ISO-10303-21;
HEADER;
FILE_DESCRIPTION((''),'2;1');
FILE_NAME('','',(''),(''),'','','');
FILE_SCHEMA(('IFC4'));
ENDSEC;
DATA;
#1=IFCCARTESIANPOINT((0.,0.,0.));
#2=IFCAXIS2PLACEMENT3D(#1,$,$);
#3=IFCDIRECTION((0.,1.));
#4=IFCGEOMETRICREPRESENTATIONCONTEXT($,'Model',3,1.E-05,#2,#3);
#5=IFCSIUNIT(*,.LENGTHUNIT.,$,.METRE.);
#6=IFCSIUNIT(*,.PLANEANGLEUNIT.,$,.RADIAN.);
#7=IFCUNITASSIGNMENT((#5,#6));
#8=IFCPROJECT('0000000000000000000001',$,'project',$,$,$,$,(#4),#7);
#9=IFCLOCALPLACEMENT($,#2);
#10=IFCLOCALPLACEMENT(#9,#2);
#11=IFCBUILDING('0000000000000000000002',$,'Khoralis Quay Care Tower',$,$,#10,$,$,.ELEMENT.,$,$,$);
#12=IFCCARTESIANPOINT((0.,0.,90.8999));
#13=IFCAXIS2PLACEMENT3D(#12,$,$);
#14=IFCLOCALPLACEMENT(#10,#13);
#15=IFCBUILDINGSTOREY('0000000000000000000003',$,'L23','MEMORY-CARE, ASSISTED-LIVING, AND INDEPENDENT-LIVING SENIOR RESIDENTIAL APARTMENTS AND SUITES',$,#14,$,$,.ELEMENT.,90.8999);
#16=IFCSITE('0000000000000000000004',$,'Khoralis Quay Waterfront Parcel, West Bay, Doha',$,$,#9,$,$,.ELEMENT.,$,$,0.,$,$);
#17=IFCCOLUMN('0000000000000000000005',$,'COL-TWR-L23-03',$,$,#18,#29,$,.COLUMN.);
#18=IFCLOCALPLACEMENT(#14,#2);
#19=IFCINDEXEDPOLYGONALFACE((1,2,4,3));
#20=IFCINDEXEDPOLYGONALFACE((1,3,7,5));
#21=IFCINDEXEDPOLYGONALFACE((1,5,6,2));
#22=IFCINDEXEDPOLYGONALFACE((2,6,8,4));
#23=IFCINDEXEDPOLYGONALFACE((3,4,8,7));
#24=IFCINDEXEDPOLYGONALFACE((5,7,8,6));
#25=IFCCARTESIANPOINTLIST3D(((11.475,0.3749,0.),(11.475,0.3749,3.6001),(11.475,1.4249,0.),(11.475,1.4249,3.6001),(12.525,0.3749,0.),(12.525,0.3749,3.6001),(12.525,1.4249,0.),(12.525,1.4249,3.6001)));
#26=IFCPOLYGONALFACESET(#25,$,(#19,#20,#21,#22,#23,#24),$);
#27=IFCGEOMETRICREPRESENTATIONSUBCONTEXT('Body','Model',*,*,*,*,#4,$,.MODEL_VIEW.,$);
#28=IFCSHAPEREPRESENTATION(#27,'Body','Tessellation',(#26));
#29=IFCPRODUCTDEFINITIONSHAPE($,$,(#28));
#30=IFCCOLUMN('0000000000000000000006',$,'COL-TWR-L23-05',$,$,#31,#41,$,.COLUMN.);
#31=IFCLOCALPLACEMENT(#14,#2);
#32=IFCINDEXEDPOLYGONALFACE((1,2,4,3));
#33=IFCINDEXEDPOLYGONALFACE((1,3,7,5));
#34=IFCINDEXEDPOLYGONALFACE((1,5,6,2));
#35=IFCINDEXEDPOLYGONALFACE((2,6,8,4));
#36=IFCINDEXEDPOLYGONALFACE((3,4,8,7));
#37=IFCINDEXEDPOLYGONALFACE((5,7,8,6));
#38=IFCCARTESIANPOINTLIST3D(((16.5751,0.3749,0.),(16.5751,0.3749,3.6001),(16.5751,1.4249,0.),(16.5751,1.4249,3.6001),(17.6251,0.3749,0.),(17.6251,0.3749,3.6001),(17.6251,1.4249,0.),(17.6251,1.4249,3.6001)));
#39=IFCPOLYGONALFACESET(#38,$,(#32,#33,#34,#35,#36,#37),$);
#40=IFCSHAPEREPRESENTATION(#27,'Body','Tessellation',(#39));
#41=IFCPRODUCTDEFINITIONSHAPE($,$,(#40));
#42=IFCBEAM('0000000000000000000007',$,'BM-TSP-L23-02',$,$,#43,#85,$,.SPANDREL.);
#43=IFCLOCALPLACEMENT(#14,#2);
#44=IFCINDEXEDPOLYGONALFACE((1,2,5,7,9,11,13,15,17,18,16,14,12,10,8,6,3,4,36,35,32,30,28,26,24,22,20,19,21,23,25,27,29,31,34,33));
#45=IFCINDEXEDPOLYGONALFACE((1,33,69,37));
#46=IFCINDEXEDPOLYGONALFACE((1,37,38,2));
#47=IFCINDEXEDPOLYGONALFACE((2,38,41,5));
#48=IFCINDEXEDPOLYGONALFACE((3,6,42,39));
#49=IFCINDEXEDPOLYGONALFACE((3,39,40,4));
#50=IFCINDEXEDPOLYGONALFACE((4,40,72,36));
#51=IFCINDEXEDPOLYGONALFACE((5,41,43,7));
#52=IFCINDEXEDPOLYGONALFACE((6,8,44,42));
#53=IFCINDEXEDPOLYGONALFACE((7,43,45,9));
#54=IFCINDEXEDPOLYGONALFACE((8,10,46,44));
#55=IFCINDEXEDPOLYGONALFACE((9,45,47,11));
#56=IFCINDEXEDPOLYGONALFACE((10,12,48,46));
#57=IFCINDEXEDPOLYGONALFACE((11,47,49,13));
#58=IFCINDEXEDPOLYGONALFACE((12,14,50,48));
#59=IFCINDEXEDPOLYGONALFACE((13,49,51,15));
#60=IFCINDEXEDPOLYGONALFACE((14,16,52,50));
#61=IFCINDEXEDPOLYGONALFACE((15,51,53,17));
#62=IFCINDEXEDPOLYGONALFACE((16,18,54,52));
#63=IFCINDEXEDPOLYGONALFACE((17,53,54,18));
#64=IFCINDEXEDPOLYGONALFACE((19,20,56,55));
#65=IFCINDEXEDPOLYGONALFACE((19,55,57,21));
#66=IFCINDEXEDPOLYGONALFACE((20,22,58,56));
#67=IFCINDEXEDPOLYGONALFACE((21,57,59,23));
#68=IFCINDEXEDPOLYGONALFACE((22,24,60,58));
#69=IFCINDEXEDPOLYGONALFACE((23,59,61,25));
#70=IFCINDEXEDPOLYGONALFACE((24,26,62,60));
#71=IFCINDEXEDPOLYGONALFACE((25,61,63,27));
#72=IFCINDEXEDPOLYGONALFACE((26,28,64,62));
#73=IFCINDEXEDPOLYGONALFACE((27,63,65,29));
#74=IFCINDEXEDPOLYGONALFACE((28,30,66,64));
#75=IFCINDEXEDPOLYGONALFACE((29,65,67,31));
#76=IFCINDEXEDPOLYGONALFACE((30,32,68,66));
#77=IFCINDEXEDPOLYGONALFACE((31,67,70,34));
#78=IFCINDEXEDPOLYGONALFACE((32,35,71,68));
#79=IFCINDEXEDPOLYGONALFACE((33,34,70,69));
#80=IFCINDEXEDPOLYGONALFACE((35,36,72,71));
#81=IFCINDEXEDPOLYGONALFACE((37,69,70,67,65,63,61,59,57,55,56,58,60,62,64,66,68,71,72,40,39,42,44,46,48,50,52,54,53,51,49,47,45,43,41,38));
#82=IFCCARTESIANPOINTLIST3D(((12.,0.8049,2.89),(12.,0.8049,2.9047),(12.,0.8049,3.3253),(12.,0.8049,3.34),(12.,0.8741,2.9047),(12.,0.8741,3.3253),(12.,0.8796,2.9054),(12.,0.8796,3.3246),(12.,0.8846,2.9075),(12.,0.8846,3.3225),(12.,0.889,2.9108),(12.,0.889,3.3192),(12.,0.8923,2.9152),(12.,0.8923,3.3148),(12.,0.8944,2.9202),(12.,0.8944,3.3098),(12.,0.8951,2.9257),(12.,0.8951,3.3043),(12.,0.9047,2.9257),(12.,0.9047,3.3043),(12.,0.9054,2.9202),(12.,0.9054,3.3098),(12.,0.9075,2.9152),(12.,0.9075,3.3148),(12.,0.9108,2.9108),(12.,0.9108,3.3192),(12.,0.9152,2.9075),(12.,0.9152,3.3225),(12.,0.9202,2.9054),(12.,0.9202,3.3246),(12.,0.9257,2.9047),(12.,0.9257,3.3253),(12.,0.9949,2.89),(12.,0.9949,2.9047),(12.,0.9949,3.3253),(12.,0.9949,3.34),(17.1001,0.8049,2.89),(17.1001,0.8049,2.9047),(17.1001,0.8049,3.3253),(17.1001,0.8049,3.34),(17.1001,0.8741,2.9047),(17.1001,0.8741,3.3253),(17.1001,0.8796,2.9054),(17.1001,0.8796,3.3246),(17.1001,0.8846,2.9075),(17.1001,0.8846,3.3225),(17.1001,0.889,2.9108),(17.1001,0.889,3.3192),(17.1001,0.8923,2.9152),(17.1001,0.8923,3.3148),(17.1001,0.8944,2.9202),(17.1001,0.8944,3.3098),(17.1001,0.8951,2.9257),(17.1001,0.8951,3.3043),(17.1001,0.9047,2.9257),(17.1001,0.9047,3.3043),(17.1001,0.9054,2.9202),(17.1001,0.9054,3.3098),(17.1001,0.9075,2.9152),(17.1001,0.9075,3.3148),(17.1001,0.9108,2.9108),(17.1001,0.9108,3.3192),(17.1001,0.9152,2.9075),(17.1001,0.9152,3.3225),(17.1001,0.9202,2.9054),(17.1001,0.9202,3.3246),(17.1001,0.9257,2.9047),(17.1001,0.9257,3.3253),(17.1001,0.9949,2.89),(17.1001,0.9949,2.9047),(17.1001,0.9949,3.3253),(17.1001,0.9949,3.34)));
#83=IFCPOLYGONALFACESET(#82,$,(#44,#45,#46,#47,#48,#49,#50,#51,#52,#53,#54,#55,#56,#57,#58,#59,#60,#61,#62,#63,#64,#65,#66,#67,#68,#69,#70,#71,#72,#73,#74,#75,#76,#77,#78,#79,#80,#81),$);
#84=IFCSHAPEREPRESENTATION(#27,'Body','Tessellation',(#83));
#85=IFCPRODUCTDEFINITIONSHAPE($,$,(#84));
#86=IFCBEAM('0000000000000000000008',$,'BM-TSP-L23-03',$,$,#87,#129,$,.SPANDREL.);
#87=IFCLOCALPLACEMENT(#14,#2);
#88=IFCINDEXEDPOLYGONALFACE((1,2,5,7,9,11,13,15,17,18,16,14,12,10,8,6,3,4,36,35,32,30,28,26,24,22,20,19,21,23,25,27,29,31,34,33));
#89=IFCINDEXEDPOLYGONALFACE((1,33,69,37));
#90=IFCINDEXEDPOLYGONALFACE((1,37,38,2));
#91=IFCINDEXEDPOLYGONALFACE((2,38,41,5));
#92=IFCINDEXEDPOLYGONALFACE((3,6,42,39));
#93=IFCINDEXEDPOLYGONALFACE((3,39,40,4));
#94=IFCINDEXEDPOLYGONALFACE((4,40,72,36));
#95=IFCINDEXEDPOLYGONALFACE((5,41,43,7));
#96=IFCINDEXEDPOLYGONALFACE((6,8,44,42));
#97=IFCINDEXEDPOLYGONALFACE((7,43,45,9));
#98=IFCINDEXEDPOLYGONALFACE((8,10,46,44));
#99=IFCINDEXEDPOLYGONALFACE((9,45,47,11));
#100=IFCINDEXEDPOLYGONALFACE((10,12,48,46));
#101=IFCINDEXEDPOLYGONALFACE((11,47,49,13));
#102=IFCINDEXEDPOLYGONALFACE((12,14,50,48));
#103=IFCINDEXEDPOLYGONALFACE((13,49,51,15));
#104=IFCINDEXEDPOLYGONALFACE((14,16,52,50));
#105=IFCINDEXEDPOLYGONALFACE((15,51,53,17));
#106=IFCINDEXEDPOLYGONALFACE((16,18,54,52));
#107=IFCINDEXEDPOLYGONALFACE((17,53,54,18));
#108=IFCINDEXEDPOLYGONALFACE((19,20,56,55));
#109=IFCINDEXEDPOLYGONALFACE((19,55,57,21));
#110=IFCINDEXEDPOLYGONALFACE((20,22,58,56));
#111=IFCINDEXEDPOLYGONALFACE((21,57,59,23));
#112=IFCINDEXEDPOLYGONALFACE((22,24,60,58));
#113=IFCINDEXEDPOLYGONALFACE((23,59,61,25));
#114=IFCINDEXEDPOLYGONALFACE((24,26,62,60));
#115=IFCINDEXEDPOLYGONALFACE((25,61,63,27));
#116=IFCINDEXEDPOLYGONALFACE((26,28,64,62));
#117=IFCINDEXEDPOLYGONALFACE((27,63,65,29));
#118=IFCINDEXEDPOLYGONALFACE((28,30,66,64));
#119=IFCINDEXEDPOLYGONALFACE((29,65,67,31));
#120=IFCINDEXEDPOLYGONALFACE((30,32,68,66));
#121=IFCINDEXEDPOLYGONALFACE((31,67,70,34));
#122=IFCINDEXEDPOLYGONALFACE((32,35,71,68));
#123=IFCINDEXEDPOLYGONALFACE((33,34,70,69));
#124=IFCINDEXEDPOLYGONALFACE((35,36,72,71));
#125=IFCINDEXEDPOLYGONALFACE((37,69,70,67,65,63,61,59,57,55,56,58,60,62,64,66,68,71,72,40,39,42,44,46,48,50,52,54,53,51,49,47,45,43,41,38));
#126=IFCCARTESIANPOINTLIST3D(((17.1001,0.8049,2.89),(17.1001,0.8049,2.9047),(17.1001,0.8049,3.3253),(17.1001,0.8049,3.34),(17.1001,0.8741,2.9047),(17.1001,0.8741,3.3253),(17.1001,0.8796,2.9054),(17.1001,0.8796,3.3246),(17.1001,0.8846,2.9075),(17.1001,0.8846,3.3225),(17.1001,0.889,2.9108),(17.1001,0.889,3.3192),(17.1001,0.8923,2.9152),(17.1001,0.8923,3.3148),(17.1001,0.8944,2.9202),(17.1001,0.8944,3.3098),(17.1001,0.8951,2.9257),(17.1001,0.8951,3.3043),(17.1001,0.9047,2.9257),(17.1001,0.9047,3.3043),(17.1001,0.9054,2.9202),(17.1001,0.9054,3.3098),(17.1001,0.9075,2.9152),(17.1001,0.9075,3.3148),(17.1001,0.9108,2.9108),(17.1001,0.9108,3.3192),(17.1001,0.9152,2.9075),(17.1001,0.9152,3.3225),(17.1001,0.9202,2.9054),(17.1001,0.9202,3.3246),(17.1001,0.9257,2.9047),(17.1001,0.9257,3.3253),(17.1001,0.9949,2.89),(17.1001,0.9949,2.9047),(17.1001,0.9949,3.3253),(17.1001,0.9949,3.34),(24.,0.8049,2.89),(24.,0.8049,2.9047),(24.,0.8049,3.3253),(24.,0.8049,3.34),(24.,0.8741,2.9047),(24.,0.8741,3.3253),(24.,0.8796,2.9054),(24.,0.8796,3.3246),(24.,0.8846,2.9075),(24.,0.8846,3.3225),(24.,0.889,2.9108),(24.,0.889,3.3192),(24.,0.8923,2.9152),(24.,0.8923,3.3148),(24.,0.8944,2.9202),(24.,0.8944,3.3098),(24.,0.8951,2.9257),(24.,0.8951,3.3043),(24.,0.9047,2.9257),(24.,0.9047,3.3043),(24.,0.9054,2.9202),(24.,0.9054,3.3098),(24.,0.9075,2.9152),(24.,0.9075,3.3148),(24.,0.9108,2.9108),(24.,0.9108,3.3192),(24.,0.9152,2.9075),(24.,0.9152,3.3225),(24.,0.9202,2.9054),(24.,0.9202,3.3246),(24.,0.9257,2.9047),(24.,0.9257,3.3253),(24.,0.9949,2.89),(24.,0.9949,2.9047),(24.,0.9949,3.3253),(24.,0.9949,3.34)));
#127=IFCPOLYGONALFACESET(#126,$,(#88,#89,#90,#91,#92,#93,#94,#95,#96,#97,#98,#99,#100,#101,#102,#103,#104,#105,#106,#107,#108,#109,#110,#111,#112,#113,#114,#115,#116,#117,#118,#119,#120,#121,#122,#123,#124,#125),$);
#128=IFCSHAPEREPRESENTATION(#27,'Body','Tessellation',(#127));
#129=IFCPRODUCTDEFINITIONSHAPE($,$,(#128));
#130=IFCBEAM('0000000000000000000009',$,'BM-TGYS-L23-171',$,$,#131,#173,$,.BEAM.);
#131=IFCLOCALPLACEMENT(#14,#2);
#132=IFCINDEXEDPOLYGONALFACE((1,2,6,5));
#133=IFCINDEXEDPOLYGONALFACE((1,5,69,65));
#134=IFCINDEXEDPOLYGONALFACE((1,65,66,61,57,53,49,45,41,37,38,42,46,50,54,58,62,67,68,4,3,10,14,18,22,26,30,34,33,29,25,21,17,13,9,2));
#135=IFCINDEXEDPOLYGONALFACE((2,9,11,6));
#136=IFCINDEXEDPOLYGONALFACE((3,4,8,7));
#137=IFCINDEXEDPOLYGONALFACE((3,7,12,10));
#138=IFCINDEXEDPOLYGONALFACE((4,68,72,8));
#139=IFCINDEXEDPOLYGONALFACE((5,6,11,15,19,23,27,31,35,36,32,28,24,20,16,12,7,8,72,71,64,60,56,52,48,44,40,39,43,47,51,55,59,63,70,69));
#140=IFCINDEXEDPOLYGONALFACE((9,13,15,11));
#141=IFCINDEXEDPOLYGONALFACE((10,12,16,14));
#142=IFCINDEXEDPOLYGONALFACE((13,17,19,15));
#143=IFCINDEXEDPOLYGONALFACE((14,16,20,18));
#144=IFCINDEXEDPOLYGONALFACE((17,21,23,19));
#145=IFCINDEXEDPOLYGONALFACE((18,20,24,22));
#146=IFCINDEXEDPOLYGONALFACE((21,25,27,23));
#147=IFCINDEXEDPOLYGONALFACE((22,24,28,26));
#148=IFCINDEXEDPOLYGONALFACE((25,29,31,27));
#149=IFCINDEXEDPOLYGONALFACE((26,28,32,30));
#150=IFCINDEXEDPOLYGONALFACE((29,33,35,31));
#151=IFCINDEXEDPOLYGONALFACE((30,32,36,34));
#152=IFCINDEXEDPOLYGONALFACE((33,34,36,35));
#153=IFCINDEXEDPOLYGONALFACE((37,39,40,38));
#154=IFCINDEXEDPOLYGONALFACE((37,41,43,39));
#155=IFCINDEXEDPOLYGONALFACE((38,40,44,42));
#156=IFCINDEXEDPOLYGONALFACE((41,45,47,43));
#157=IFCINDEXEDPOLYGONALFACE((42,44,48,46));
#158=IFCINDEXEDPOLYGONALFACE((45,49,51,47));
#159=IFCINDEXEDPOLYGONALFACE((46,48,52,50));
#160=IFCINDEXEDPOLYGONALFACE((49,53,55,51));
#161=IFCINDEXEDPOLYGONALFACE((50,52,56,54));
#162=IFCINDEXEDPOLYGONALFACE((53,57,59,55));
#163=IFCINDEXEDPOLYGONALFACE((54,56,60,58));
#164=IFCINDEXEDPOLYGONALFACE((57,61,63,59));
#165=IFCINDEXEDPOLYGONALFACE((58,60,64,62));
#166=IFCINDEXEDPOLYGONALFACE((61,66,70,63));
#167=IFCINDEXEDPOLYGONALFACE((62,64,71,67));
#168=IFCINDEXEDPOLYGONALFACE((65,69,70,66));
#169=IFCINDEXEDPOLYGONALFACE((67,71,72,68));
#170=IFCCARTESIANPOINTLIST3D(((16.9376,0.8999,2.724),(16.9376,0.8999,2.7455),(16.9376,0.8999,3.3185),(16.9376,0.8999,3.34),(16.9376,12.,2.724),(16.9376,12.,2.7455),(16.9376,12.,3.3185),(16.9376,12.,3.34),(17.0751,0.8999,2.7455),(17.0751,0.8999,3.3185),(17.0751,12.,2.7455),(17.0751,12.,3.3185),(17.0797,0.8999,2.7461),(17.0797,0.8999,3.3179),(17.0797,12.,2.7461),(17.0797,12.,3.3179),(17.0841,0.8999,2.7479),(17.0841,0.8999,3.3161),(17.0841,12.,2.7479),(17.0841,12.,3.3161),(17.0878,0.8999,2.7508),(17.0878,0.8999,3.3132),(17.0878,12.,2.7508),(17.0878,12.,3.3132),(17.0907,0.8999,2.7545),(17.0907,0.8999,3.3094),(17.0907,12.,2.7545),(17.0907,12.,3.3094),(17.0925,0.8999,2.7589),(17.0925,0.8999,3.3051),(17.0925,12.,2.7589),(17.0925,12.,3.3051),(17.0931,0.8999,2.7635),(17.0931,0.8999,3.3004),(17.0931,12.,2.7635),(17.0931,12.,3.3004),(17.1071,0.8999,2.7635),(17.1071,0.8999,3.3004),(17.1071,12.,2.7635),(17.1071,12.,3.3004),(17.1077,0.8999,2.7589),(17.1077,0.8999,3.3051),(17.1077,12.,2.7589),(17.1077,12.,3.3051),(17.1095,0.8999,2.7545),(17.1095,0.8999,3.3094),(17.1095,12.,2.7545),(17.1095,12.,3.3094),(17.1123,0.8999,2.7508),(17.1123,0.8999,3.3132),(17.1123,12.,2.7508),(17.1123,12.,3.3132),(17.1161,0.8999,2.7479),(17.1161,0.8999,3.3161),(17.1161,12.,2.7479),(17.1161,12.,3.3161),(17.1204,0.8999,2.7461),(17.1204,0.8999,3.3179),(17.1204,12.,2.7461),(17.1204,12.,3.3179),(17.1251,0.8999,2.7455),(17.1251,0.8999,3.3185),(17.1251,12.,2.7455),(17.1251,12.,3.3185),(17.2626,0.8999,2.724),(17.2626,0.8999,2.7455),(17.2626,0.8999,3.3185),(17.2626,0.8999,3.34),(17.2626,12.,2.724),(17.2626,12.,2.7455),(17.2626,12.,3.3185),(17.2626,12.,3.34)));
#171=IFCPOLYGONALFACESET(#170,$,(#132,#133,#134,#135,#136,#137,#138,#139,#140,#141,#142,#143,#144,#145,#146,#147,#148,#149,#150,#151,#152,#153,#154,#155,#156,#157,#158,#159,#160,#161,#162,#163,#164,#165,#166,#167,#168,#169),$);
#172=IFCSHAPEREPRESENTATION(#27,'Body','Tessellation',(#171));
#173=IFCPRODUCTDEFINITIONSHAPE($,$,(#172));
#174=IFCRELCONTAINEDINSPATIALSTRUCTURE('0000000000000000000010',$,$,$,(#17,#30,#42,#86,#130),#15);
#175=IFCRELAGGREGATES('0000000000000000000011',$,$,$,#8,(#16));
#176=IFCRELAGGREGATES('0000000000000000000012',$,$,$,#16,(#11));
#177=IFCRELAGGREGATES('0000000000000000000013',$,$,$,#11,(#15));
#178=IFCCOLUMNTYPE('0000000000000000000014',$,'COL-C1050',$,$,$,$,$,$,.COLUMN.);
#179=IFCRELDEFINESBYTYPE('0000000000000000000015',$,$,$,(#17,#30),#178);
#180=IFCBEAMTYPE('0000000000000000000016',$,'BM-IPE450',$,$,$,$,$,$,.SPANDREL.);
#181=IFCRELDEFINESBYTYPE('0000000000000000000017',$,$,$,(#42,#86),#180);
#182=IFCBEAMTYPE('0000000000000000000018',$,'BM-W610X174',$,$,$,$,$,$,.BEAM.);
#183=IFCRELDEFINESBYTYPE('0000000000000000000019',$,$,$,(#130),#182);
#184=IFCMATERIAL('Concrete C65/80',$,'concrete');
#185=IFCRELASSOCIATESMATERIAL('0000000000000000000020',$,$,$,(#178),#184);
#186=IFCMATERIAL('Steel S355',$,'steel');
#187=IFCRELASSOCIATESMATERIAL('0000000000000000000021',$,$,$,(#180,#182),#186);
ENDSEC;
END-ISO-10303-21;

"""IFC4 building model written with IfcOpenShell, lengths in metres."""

from ifc_helpers import new_model, si_unit, direction, frame, origin, origin_2d, place, context, subcontext, project, spatial, rectangle, i_section, extrude, source, transform, mapped, material, material_profile, profile_set, type_object, element, save


model = new_model("IFC4")

# Units and contexts
model_context = context("Model", 3, precision=1e-05, world=origin(), true_north=direction((0.0, 1.0)))
body_context = subcontext(model_context, "Body", "Model", "MODEL_VIEW")
ifc_project = project(units=[si_unit("LENGTHUNIT", "METRE"), si_unit("PLANEANGLEUNIT", "RADIAN")], contexts=[model_context])

# Site, building, storey
site_placement = place(None, origin())
site = spatial("IfcSite", under=ifc_project, at=site_placement, Name="Khoralis Quay Waterfront Parcel, West Bay, Doha", CompositionType="ELEMENT", RefElevation=0.0)
building_placement = place(site_placement, origin())
building = spatial("IfcBuilding", under=site, at=building_placement, Name="Khoralis Quay Care Tower", CompositionType="ELEMENT")
storey_placement = place(building_placement, frame((0.0, 0.0, 90.8999)))
storey = spatial("IfcBuildingStorey", under=building, at=storey_placement, Name="L23", Description="MEMORY-CARE, ASSISTED-LIVING, AND INDEPENDENT-LIVING SENIOR RESIDENTIAL APARTMENTS AND SUITES", CompositionType="ELEMENT", Elevation=90.8999)

# Columns
ifc_material_1 = material(Name="Concrete C65/80", Category="concrete")
ifc_material_profile_1 = material_profile(ifc_material_1, rectangle(XDim=1.05, YDim=1.05, at=origin_2d()), Name="Concrete C65/80")
ifc_profile_set_1 = profile_set([ifc_material_profile_1], Name="Concrete C65/80")
column_type = type_object("IfcColumnType", Name="COL-C1050", PredefinedType="COLUMN", material=ifc_profile_set_1)
shared_shape_1 = source(origin(), body_context, "Body", "SweptSolid", [
    extrude(rectangle(XDim=1.05, YDim=1.05, at=origin_2d()), origin(), (0.0, 0.0, 1.0), 3.6001),
])
for number, where, z_axis, x_axis, name in (
    (1, (12.0, 0.8999, 0.0), (0.0, 0.0, 1.0), (1.0, 0.0, 0.0), "COL-TWR-L23-03"),
    (2, (17.1001, 0.8999, 0.0), (0.0, 0.0, 1.0), (1.0, 0.0, 0.0), "COL-TWR-L23-05"),
):
    element("IfcColumn", number, at=place(storey_placement, frame(where, z_axis=z_axis, x_axis=x_axis)), inside=storey, type_object=column_type, Name=name, PredefinedType="COLUMN", context=body_context, shape_type="MappedRepresentation", body=[
        mapped(shared_shape_1, transform((0.0, 0.0, 0.0), scale=1.0)),
    ])

# Beams
ifc_material_2 = material(Name="Steel S355", Category="steel")
ifc_material_profile_2 = material_profile(ifc_material_2, i_section(OverallWidth=0.1899, OverallDepth=0.45, WebThickness=0.0095, FlangeThickness=0.0146, FilletRadius=0.021, at=origin_2d()), Name="Steel S355")
ifc_profile_set_2 = profile_set([ifc_material_profile_2], Name="Steel S355")
beam_type_1 = type_object("IfcBeamType", Name="BM-IPE450", PredefinedType="SPANDREL", material=ifc_profile_set_2)
shared_shape_2 = source(origin(), body_context, "Body", "SweptSolid", [
    extrude(i_section(OverallWidth=0.1899, OverallDepth=0.45, WebThickness=0.0095, FlangeThickness=0.0146, FilletRadius=0.021, at=origin_2d()), origin(), (0.0, 0.0, 1.0), 5.1001),
])
beam_1_placement = place(storey_placement, frame((12.0, 0.8999, 3.115), z_axis=(1.0, 0.0, 0.0), x_axis=(0.0, 1.0, 0.0)))
element("IfcBeam", 3, at=beam_1_placement, inside=storey, type_object=beam_type_1, Name="BM-TSP-L23-02", PredefinedType="SPANDREL", context=body_context, shape_type="MappedRepresentation", body=[
    mapped(shared_shape_2, transform((0.0, 0.0, 0.0), scale=1.0)),
])
shared_shape_3 = source(origin(), body_context, "Body", "SweptSolid", [
    extrude(i_section(OverallWidth=0.1899, OverallDepth=0.45, WebThickness=0.0095, FlangeThickness=0.0146, FilletRadius=0.021, at=origin_2d()), origin(), (0.0, 0.0, 1.0), 6.8999),
])
beam_2_placement = place(storey_placement, frame((17.1001, 0.8999, 3.115), z_axis=(1.0, 0.0, 0.0), x_axis=(0.0, 1.0, 0.0)))
element("IfcBeam", 4, at=beam_2_placement, inside=storey, type_object=beam_type_1, Name="BM-TSP-L23-03", PredefinedType="SPANDREL", context=body_context, shape_type="MappedRepresentation", body=[
    mapped(shared_shape_3, transform((0.0, 0.0, 0.0), scale=1.0)),
])
ifc_material_profile_3 = material_profile(ifc_material_2, i_section(OverallWidth=0.325, OverallDepth=0.616, WebThickness=0.0139, FlangeThickness=0.0215, FilletRadius=0.0181, at=origin_2d()), Name="Steel S355")
ifc_profile_set_3 = profile_set([ifc_material_profile_3], Name="Steel S355")
beam_type_2 = type_object("IfcBeamType", Name="BM-W610X174", PredefinedType="BEAM", material=ifc_profile_set_3)
shared_shape_4 = source(origin(), body_context, "Body", "SweptSolid", [
    extrude(i_section(OverallWidth=0.325, OverallDepth=0.616, WebThickness=0.0139, FlangeThickness=0.0215, FilletRadius=0.0181, at=origin_2d()), origin(), (0.0, 0.0, 1.0), 11.1001),
])
beam_3_placement = place(storey_placement, frame((17.1001, 0.8999, 3.032), z_axis=(0.0, 1.0, 0.0), x_axis=(-1.0, 0.0, 0.0)))
element("IfcBeam", 5, at=beam_3_placement, inside=storey, type_object=beam_type_2, Name="BM-TGYS-L23-171", PredefinedType="BEAM", context=body_context, shape_type="MappedRepresentation", body=[
    mapped(shared_shape_4, transform((0.0, 0.0, 0.0), scale=1.0)),
])

save(model, "model.ifc")
